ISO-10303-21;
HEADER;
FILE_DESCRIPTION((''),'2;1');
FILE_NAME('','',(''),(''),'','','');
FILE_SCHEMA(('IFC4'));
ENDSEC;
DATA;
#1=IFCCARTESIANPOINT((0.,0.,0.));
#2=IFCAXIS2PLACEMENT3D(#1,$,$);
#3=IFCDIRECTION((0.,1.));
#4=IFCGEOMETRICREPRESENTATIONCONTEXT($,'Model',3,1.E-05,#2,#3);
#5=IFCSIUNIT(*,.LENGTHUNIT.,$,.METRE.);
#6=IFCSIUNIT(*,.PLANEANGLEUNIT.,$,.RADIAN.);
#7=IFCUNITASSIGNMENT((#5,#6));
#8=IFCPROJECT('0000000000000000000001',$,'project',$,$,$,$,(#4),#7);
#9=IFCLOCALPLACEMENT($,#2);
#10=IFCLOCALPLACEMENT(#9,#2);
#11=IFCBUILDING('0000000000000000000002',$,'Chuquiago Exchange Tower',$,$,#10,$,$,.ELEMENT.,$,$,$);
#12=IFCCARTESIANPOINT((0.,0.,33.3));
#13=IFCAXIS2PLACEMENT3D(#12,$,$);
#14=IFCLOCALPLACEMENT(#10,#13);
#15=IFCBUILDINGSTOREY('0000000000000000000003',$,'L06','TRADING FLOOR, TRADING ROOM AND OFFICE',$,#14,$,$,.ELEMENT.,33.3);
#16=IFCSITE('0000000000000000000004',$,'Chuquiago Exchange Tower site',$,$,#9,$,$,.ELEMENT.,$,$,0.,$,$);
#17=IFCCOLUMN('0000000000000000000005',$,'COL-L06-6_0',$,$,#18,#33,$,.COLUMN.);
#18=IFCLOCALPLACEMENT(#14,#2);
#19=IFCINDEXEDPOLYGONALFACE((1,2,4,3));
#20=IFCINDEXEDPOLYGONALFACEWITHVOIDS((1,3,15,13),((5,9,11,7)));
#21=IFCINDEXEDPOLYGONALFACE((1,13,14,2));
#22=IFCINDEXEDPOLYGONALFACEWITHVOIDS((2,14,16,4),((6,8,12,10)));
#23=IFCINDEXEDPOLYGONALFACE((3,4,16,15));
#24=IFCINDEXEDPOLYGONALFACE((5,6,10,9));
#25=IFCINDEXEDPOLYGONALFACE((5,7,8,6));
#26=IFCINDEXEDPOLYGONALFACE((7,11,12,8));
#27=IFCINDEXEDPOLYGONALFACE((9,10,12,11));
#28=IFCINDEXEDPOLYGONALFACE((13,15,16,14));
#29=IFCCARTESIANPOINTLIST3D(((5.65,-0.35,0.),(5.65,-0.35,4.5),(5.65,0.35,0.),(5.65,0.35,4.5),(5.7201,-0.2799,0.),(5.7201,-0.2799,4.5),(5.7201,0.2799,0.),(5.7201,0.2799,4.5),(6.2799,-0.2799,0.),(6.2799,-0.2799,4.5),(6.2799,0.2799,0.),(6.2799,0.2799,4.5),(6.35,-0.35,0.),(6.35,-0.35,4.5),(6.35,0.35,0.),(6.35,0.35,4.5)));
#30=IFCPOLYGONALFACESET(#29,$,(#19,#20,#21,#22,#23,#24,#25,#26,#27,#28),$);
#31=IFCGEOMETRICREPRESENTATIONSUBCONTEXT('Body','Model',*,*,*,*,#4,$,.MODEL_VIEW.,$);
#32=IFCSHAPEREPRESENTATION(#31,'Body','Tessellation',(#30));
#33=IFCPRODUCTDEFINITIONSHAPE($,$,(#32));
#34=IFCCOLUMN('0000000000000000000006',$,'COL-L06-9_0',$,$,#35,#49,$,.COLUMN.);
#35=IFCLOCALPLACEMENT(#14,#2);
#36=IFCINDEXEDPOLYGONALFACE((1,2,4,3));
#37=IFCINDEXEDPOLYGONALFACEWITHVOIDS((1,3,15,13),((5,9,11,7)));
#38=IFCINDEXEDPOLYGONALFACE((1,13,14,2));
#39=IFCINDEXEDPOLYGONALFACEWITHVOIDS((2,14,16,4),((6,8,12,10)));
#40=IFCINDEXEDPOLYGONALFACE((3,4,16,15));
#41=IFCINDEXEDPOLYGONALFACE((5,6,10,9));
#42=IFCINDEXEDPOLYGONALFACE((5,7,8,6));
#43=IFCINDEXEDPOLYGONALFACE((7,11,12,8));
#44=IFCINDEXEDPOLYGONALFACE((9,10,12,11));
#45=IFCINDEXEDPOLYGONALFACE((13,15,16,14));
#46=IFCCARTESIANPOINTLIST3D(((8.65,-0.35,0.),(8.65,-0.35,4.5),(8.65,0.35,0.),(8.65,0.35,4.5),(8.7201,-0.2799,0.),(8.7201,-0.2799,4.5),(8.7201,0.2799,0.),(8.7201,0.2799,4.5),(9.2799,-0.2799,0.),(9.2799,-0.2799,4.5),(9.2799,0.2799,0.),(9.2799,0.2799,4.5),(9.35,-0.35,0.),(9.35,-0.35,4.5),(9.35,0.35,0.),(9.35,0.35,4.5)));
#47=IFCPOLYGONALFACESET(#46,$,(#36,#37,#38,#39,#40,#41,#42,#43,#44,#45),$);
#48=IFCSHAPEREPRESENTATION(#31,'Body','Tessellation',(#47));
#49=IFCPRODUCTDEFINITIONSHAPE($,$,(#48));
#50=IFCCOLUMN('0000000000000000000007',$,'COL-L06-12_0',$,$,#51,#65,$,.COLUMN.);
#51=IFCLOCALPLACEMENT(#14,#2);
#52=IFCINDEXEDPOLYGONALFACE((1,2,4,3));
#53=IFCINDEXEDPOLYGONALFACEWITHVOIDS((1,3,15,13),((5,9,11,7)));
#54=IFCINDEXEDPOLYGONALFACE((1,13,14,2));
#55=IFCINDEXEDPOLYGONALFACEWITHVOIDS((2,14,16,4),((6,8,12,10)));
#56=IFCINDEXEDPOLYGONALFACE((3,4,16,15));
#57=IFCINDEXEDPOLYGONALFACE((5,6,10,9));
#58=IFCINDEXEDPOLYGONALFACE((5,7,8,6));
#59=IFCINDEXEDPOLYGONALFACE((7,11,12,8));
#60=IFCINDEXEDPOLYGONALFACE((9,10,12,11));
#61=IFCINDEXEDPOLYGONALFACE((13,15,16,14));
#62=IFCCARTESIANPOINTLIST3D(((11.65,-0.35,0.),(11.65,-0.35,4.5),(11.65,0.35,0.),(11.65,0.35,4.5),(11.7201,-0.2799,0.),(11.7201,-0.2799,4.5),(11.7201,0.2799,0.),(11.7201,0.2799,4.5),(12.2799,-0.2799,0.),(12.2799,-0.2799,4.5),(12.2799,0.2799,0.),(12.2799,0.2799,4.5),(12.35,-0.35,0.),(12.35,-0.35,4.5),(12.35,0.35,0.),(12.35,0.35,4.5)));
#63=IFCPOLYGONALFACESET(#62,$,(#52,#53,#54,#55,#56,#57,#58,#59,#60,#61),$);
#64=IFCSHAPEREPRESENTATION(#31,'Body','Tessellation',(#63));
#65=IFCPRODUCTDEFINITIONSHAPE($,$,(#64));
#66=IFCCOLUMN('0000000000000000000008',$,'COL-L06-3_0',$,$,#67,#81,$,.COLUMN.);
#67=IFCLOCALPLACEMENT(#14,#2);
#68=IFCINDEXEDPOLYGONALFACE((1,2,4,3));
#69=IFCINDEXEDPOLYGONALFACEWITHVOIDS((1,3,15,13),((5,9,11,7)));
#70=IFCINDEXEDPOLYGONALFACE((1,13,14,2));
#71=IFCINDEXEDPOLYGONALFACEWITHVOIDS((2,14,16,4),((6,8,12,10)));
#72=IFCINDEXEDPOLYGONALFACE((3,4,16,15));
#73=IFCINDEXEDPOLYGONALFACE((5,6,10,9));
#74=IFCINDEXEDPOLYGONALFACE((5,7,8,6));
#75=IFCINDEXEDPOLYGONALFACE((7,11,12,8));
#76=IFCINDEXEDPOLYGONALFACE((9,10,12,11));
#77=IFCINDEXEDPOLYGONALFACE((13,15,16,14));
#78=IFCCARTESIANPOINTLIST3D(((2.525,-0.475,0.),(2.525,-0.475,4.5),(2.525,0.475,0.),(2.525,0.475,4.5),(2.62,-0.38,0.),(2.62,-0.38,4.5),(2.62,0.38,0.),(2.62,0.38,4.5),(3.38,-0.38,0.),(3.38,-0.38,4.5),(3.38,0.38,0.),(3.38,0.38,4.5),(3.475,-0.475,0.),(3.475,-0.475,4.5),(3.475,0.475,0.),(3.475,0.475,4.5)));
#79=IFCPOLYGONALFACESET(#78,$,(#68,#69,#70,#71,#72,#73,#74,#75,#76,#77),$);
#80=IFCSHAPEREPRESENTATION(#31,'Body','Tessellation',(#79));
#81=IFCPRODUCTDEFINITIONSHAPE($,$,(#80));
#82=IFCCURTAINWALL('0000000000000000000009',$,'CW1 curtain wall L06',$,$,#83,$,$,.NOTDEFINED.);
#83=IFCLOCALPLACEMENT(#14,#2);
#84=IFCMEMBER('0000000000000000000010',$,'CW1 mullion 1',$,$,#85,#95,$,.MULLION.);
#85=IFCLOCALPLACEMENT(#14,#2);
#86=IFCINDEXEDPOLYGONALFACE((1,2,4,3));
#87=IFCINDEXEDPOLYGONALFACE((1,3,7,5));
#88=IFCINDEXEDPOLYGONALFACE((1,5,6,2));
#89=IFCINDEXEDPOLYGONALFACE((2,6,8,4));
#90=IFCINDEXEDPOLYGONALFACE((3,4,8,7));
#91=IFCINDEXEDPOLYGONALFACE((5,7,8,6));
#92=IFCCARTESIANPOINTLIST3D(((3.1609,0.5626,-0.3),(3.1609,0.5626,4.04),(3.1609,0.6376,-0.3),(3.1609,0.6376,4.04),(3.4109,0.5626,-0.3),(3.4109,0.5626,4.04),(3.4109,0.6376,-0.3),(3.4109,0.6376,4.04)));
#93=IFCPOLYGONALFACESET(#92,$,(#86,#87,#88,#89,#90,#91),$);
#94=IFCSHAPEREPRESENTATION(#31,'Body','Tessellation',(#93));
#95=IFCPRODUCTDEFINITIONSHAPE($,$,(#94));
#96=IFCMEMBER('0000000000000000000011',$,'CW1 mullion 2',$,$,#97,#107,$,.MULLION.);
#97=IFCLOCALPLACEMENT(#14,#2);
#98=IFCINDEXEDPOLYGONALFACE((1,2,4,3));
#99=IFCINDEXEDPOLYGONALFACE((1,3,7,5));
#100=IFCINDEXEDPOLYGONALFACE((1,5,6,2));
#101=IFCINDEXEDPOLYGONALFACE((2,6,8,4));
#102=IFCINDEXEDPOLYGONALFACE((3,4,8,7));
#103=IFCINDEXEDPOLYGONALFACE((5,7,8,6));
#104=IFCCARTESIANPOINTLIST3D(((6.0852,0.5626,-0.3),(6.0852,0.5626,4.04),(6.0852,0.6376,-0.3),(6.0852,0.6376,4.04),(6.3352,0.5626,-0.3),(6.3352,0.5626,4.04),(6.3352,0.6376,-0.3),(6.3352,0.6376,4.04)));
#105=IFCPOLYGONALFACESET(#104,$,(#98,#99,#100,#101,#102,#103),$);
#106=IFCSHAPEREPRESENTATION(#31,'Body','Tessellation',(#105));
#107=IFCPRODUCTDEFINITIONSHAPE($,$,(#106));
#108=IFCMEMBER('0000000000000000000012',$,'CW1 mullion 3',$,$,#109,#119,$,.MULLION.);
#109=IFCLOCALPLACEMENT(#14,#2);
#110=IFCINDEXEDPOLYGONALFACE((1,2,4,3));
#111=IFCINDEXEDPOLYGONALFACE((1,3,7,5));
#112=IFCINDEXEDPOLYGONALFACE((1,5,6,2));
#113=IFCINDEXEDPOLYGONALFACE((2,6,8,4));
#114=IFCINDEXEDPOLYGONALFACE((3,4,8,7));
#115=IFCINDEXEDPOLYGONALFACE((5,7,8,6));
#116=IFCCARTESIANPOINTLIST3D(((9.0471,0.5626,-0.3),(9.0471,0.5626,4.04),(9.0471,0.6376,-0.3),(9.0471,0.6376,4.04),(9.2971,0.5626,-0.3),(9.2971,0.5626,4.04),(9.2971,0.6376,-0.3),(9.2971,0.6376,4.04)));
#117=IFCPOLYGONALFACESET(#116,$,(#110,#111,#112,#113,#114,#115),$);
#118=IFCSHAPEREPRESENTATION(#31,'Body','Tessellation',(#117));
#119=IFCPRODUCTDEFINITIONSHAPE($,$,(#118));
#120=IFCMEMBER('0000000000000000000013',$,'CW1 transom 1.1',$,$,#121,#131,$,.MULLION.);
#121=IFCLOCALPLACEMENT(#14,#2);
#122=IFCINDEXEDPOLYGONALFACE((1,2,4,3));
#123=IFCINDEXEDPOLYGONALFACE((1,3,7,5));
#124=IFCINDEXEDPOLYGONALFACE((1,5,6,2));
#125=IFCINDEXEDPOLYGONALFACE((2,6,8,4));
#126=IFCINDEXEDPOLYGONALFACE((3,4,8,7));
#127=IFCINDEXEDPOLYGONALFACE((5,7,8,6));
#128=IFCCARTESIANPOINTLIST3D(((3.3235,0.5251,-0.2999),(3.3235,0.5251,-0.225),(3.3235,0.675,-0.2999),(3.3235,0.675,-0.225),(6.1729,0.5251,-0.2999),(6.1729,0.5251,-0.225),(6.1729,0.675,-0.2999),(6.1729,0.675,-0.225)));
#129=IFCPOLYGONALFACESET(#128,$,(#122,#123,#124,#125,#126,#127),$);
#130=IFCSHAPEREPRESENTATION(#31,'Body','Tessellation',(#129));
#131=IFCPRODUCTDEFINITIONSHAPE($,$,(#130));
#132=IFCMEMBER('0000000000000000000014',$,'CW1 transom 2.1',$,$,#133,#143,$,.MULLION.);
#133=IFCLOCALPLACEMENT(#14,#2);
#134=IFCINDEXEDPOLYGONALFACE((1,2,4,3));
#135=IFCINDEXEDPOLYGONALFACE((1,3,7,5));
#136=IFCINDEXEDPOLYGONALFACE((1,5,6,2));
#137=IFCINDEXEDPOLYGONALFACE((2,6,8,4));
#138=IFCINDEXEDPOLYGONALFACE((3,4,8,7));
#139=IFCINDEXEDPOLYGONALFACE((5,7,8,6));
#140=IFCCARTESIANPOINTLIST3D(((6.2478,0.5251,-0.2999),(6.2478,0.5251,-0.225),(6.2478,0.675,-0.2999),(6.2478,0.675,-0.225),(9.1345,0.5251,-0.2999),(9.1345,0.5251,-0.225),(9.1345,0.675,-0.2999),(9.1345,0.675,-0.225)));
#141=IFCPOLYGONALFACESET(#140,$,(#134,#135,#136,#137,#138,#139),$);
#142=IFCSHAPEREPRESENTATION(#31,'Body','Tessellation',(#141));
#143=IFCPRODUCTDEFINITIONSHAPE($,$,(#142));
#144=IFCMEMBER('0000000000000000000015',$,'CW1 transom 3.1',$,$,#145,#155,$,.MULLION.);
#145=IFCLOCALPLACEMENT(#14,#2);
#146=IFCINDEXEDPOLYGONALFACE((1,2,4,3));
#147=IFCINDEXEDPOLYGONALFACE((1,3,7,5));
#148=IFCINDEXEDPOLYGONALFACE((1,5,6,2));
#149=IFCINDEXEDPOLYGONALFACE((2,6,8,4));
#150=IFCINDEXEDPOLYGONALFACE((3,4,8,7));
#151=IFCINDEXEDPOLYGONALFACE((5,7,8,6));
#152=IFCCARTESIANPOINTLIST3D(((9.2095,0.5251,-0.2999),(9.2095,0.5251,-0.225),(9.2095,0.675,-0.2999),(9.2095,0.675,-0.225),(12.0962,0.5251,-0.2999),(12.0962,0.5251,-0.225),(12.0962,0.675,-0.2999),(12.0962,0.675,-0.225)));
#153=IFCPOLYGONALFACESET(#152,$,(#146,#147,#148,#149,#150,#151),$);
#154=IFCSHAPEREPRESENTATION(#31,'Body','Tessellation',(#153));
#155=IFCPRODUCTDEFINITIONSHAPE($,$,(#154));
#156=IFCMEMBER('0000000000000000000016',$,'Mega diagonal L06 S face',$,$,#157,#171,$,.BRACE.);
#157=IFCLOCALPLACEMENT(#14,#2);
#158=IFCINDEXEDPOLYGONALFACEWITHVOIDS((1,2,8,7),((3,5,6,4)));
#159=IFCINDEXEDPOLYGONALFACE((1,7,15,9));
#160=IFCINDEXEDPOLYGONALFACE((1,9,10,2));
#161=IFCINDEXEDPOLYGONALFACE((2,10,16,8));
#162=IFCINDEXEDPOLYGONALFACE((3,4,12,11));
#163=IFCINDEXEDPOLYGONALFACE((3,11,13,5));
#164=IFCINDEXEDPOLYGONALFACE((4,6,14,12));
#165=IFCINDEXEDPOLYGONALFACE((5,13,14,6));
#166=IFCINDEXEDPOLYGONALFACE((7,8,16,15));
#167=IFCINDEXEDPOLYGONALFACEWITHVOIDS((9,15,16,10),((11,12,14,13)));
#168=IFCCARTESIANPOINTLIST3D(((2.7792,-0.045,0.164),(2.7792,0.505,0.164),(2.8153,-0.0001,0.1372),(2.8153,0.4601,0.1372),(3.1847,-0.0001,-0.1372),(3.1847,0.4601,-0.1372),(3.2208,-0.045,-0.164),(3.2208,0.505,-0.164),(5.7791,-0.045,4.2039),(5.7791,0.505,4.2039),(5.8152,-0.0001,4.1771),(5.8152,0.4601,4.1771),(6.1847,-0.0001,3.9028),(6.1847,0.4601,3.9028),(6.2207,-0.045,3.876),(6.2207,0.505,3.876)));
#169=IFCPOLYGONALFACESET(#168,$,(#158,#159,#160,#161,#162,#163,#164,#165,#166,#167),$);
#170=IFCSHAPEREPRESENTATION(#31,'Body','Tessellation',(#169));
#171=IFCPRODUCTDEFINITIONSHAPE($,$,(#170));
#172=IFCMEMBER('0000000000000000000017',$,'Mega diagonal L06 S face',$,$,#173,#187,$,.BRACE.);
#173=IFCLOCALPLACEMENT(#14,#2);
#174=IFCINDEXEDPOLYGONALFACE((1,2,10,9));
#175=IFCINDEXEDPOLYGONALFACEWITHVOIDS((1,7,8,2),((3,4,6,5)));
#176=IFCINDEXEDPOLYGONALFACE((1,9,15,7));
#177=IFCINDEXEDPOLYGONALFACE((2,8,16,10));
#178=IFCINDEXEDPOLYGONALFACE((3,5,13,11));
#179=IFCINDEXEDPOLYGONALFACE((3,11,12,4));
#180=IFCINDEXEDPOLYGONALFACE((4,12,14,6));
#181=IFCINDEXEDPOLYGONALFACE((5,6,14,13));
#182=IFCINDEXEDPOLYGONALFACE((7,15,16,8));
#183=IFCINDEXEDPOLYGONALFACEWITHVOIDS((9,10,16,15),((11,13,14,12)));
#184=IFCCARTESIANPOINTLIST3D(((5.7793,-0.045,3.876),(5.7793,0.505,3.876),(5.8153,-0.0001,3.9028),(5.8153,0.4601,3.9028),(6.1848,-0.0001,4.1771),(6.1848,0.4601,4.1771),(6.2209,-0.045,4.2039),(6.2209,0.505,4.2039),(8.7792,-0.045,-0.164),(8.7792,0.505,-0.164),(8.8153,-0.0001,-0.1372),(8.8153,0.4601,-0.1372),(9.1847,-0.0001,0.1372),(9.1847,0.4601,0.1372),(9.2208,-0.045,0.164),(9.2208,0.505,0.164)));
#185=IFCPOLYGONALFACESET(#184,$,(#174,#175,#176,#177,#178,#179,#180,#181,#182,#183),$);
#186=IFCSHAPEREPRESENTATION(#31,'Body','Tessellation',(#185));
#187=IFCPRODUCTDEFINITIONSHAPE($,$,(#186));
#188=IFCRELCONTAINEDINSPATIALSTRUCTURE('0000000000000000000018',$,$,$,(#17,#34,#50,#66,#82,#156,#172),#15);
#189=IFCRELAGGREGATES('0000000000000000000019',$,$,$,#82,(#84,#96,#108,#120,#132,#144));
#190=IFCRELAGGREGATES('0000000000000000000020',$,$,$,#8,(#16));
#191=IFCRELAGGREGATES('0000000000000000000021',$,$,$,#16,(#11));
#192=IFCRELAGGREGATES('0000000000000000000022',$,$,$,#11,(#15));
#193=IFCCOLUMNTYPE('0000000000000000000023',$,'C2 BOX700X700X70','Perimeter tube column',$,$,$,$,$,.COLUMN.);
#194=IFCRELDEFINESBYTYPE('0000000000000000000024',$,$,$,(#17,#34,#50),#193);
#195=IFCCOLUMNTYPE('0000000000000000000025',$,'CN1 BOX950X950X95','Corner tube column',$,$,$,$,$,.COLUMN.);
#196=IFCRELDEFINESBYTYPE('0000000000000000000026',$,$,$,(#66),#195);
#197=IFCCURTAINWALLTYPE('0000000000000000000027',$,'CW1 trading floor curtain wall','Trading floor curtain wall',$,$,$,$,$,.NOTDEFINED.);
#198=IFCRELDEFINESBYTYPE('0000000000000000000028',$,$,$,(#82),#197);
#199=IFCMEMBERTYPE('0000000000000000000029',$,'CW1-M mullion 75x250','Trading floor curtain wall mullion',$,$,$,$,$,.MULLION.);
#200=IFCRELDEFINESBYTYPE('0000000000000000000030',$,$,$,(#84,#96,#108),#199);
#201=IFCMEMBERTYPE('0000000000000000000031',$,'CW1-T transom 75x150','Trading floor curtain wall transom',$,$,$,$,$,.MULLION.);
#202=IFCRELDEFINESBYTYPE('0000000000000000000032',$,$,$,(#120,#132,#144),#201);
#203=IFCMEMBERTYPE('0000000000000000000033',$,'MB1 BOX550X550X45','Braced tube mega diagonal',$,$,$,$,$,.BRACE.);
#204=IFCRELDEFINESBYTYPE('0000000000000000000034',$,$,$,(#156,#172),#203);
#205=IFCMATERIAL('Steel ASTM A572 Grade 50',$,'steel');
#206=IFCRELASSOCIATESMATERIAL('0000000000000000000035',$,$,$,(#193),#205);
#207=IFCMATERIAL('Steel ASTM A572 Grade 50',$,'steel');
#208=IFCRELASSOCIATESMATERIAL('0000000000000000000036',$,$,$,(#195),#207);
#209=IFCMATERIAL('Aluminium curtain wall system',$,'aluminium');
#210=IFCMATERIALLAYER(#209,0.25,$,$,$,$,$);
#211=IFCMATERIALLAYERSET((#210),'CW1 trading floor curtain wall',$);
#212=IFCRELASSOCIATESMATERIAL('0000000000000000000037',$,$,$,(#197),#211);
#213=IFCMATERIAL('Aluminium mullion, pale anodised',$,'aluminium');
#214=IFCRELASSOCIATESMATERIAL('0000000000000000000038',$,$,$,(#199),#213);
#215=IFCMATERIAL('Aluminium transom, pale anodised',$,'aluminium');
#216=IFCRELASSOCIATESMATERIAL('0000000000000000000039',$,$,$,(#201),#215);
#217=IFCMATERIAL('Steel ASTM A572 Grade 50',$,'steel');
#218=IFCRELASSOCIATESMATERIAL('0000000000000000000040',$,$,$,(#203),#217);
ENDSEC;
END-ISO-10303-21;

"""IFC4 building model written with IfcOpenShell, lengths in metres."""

from ifc_helpers import new_model, si_unit, direction, frame, origin, origin_2d, place, context, subcontext, project, spatial, rectangle, hollow_rectangle, extrude, material, layer, layer_set, material_profile, profile_set, type_object, element, aggregate, save


model = new_model("IFC4")

# Units and contexts
model_context = context("Model", 3, precision=1e-05, world=origin(), true_north=direction((0.0, 1.0)))
body_context = subcontext(model_context, "Body", "Model", "MODEL_VIEW")
ifc_project = project(units=[si_unit("LENGTHUNIT", "METRE"), si_unit("PLANEANGLEUNIT", "RADIAN")], contexts=[model_context])

# Site, building, storey
site_placement = place(None, origin())
site = spatial("IfcSite", under=ifc_project, at=site_placement, Name="Chuquiago Exchange Tower site", CompositionType="ELEMENT", RefElevation=0.0)
building_placement = place(site_placement, origin())
building = spatial("IfcBuilding", under=site, at=building_placement, Name="Chuquiago Exchange Tower", CompositionType="ELEMENT")
storey_placement = place(building_placement, frame((0.0, 0.0, 33.3)))
storey = spatial("IfcBuildingStorey", under=building, at=storey_placement, Name="L06", Description="TRADING FLOOR, TRADING ROOM AND OFFICE", CompositionType="ELEMENT", Elevation=33.3)

# Columns
ifc_material_1 = material(Name="Steel ASTM A572 Grade 50", Category="steel")
ifc_material_profile_1 = material_profile(ifc_material_1, hollow_rectangle(XDim=0.7, YDim=0.7, WallThickness=0.0701, at=origin_2d()), Name="BOX700X700X70")
ifc_profile_set_1 = profile_set([ifc_material_profile_1], Name="Steel ASTM A572 Grade 50")
column_type_1 = type_object("IfcColumnType", Name="C2 BOX700X700X70", Description="Perimeter tube column", PredefinedType="COLUMN", material=ifc_profile_set_1)
for number, where, z_axis, x_axis, name in (
    (1, (6.0, 0.0, 0.0), (0.0, 0.0, 1.0), (0.0, -1.0, 0.0), "COL-L06-6_0"),
    (2, (9.0, 0.0, 0.0), (0.0, 0.0, 1.0), (0.0, -1.0, 0.0), "COL-L06-9_0"),
    (3, (12.0, 0.0, 0.0), (0.0, 0.0, 1.0), (0.0, -1.0, 0.0), "COL-L06-12_0"),
):
    element("IfcColumn", number, at=place(storey_placement, frame(where, z_axis=z_axis, x_axis=x_axis)), inside=storey, type_object=column_type_1, Name=name, PredefinedType="COLUMN", context=body_context, shape_type="SweptSolid", body=[
        extrude(hollow_rectangle(XDim=0.7, YDim=0.7, WallThickness=0.0701, at=origin_2d()), origin(), (0.0, 0.0, 1.0), 4.5),
    ])
ifc_material_2 = material(Name="Steel ASTM A572 Grade 50", Category="steel")
ifc_material_profile_2 = material_profile(ifc_material_2, hollow_rectangle(XDim=0.95, YDim=0.95, WallThickness=0.095, at=origin_2d()), Name="BOX950X950X95")
ifc_profile_set_2 = profile_set([ifc_material_profile_2], Name="Steel ASTM A572 Grade 50")
column_type_2 = type_object("IfcColumnType", Name="CN1 BOX950X950X95", Description="Corner tube column", PredefinedType="COLUMN", material=ifc_profile_set_2)
column_placement = place(storey_placement, frame((3.0, 0.0, 0.0), z_axis=(0.0, 0.0, 1.0), x_axis=(0.0, -1.0, 0.0)))
element("IfcColumn", 4, at=column_placement, inside=storey, type_object=column_type_2, Name="COL-L06-3_0", PredefinedType="COLUMN", context=body_context, shape_type="SweptSolid", body=[
    extrude(hollow_rectangle(XDim=0.95, YDim=0.95, WallThickness=0.095, at=origin_2d()), origin(), (0.0, 0.0, 1.0), 4.5),
])

# Curtain wall, members
ifc_material_3 = material(Name="Aluminium curtain wall system", Category="aluminium")
ifc_layer_1 = layer(ifc_material_3, 0.25)
ifc_layer_set_1 = layer_set([ifc_layer_1], Name="CW1 trading floor curtain wall")
curtain_wall_type = type_object("IfcCurtainWallType", Name="CW1 trading floor curtain wall", Description="Trading floor curtain wall", PredefinedType="NOTDEFINED", material=ifc_layer_set_1)
curtain_wall_placement = place(storey_placement, origin())
curtain_wall = element("IfcCurtainWall", 5, at=curtain_wall_placement, inside=storey, type_object=curtain_wall_type, Name="CW1 curtain wall L06", PredefinedType="NOTDEFINED")
ifc_material_4 = material(Name="Aluminium mullion, pale anodised", Category="aluminium")
ifc_material_profile_3 = material_profile(ifc_material_4, rectangle(XDim=0.075, YDim=0.25, at=origin_2d()), Name="AL 75x250")
ifc_profile_set_3 = profile_set([ifc_material_profile_3], Name="Aluminium mullion, pale anodised")
member_type_1 = type_object("IfcMemberType", Name="CW1-M mullion 75x250", Description="Trading floor curtain wall mullion", PredefinedType="MULLION", material=ifc_profile_set_3)
member_1_placement = place(storey_placement, frame((3.2859, 0.6001, -0.3), z_axis=(0.0, 0.0, 1.0), x_axis=(0.0, 1.0, 0.0)))
member_1 = element("IfcMember", 6, at=member_1_placement, type_object=member_type_1, Name="CW1 mullion 1", PredefinedType="MULLION", context=body_context, shape_type="SweptSolid", body=[
    extrude(rectangle(XDim=0.075, YDim=0.25, at=origin_2d()), origin(), (0.0, 0.0, 1.0), 4.3401),
])
member_2_placement = place(storey_placement, frame((6.2102, 0.6001, -0.3), z_axis=(0.0, 0.0, 1.0), x_axis=(0.0, 1.0, 0.0)))
member_2 = element("IfcMember", 7, at=member_2_placement, type_object=member_type_1, Name="CW1 mullion 2", PredefinedType="MULLION", context=body_context, shape_type="SweptSolid", body=[
    extrude(rectangle(XDim=0.075, YDim=0.25, at=origin_2d()), origin(), (0.0, 0.0, 1.0), 4.3401),
])
member_3_placement = place(storey_placement, frame((9.1721, 0.6001, -0.3), z_axis=(0.0, 0.0, 1.0), x_axis=(0.0, 1.0, 0.0)))
member_3 = element("IfcMember", 8, at=member_3_placement, type_object=member_type_1, Name="CW1 mullion 3", PredefinedType="MULLION", context=body_context, shape_type="SweptSolid", body=[
    extrude(rectangle(XDim=0.075, YDim=0.25, at=origin_2d()), origin(), (0.0, 0.0, 1.0), 4.3401),
])
ifc_material_5 = material(Name="Aluminium transom, pale anodised", Category="aluminium")
ifc_material_profile_4 = material_profile(ifc_material_5, rectangle(XDim=0.1499, YDim=0.075, at=origin_2d()), Name="AL 150x75")
ifc_profile_set_4 = profile_set([ifc_material_profile_4], Name="Aluminium transom, pale anodised")
member_type_2 = type_object("IfcMemberType", Name="CW1-T transom 75x150", Description="Trading floor curtain wall transom", PredefinedType="MULLION", material=ifc_profile_set_4)
member_4_placement = place(storey_placement, frame((3.3235, 0.6001, -0.2625), z_axis=(1.0, 0.0, 0.0), x_axis=(0.0, 1.0, 0.0)))
member_4 = element("IfcMember", 9, at=member_4_placement, type_object=member_type_2, Name="CW1 transom 1.1", PredefinedType="MULLION", context=body_context, shape_type="SweptSolid", body=[
    extrude(rectangle(XDim=0.1499, YDim=0.075, at=origin_2d()), origin(), (0.0, 0.0, 1.0), 2.8494),
])
member_5_placement = place(storey_placement, frame((6.2478, 0.6001, -0.2625), z_axis=(1.0, 0.0, 0.0), x_axis=(0.0, 1.0, 0.0)))
member_5 = element("IfcMember", 10, at=member_5_placement, type_object=member_type_2, Name="CW1 transom 2.1", PredefinedType="MULLION", context=body_context, shape_type="SweptSolid", body=[
    extrude(rectangle(XDim=0.1499, YDim=0.075, at=origin_2d()), origin(), (0.0, 0.0, 1.0), 2.8867),
])
member_6_placement = place(storey_placement, frame((9.2095, 0.6001, -0.2625), z_axis=(1.0, 0.0, 0.0), x_axis=(0.0, 1.0, 0.0)))
member_6 = element("IfcMember", 11, at=member_6_placement, type_object=member_type_2, Name="CW1 transom 3.1", PredefinedType="MULLION", context=body_context, shape_type="SweptSolid", body=[
    extrude(rectangle(XDim=0.1499, YDim=0.075, at=origin_2d()), origin(), (0.0, 0.0, 1.0), 2.8867),
])

# Members
ifc_material_6 = material(Name="Steel ASTM A572 Grade 50", Category="steel")
ifc_material_profile_5 = material_profile(ifc_material_6, hollow_rectangle(XDim=0.55, YDim=0.55, WallThickness=0.0449, at=origin_2d()), Name="BOX550X550X45")
ifc_profile_set_5 = profile_set([ifc_material_profile_5], Name="Steel ASTM A572 Grade 50")
member_type_3 = type_object("IfcMemberType", Name="MB1 BOX550X550X45", Description="Braced tube mega diagonal", PredefinedType="BRACE", material=ifc_profile_set_5)
for number, where, z_axis, x_axis, name in (
    (12, (3.0, 0.23, 0.0), (0.596174, 0.0, 0.802855), (0.0, 1.0, 0.0), "Mega diagonal L06 S face"),
    (13, (9.0, 0.23, 0.0), (-0.596174, 0.0, 0.802855), (0.0, -1.0, 0.0), "Mega diagonal L06 S face"),
):
    element("IfcMember", number, at=place(storey_placement, frame(where, z_axis=z_axis, x_axis=x_axis)), inside=storey, type_object=member_type_3, Name=name, PredefinedType="BRACE", context=body_context, shape_type="SweptSolid", body=[
        extrude(hollow_rectangle(XDim=0.55, YDim=0.55, WallThickness=0.0449, at=origin_2d()), origin(), (0.0, 0.0, 1.0), 5.032),
    ])

aggregate(curtain_wall, [member_1, member_2, member_3, member_4, member_5, member_6])

save(model, "model.ifc")
